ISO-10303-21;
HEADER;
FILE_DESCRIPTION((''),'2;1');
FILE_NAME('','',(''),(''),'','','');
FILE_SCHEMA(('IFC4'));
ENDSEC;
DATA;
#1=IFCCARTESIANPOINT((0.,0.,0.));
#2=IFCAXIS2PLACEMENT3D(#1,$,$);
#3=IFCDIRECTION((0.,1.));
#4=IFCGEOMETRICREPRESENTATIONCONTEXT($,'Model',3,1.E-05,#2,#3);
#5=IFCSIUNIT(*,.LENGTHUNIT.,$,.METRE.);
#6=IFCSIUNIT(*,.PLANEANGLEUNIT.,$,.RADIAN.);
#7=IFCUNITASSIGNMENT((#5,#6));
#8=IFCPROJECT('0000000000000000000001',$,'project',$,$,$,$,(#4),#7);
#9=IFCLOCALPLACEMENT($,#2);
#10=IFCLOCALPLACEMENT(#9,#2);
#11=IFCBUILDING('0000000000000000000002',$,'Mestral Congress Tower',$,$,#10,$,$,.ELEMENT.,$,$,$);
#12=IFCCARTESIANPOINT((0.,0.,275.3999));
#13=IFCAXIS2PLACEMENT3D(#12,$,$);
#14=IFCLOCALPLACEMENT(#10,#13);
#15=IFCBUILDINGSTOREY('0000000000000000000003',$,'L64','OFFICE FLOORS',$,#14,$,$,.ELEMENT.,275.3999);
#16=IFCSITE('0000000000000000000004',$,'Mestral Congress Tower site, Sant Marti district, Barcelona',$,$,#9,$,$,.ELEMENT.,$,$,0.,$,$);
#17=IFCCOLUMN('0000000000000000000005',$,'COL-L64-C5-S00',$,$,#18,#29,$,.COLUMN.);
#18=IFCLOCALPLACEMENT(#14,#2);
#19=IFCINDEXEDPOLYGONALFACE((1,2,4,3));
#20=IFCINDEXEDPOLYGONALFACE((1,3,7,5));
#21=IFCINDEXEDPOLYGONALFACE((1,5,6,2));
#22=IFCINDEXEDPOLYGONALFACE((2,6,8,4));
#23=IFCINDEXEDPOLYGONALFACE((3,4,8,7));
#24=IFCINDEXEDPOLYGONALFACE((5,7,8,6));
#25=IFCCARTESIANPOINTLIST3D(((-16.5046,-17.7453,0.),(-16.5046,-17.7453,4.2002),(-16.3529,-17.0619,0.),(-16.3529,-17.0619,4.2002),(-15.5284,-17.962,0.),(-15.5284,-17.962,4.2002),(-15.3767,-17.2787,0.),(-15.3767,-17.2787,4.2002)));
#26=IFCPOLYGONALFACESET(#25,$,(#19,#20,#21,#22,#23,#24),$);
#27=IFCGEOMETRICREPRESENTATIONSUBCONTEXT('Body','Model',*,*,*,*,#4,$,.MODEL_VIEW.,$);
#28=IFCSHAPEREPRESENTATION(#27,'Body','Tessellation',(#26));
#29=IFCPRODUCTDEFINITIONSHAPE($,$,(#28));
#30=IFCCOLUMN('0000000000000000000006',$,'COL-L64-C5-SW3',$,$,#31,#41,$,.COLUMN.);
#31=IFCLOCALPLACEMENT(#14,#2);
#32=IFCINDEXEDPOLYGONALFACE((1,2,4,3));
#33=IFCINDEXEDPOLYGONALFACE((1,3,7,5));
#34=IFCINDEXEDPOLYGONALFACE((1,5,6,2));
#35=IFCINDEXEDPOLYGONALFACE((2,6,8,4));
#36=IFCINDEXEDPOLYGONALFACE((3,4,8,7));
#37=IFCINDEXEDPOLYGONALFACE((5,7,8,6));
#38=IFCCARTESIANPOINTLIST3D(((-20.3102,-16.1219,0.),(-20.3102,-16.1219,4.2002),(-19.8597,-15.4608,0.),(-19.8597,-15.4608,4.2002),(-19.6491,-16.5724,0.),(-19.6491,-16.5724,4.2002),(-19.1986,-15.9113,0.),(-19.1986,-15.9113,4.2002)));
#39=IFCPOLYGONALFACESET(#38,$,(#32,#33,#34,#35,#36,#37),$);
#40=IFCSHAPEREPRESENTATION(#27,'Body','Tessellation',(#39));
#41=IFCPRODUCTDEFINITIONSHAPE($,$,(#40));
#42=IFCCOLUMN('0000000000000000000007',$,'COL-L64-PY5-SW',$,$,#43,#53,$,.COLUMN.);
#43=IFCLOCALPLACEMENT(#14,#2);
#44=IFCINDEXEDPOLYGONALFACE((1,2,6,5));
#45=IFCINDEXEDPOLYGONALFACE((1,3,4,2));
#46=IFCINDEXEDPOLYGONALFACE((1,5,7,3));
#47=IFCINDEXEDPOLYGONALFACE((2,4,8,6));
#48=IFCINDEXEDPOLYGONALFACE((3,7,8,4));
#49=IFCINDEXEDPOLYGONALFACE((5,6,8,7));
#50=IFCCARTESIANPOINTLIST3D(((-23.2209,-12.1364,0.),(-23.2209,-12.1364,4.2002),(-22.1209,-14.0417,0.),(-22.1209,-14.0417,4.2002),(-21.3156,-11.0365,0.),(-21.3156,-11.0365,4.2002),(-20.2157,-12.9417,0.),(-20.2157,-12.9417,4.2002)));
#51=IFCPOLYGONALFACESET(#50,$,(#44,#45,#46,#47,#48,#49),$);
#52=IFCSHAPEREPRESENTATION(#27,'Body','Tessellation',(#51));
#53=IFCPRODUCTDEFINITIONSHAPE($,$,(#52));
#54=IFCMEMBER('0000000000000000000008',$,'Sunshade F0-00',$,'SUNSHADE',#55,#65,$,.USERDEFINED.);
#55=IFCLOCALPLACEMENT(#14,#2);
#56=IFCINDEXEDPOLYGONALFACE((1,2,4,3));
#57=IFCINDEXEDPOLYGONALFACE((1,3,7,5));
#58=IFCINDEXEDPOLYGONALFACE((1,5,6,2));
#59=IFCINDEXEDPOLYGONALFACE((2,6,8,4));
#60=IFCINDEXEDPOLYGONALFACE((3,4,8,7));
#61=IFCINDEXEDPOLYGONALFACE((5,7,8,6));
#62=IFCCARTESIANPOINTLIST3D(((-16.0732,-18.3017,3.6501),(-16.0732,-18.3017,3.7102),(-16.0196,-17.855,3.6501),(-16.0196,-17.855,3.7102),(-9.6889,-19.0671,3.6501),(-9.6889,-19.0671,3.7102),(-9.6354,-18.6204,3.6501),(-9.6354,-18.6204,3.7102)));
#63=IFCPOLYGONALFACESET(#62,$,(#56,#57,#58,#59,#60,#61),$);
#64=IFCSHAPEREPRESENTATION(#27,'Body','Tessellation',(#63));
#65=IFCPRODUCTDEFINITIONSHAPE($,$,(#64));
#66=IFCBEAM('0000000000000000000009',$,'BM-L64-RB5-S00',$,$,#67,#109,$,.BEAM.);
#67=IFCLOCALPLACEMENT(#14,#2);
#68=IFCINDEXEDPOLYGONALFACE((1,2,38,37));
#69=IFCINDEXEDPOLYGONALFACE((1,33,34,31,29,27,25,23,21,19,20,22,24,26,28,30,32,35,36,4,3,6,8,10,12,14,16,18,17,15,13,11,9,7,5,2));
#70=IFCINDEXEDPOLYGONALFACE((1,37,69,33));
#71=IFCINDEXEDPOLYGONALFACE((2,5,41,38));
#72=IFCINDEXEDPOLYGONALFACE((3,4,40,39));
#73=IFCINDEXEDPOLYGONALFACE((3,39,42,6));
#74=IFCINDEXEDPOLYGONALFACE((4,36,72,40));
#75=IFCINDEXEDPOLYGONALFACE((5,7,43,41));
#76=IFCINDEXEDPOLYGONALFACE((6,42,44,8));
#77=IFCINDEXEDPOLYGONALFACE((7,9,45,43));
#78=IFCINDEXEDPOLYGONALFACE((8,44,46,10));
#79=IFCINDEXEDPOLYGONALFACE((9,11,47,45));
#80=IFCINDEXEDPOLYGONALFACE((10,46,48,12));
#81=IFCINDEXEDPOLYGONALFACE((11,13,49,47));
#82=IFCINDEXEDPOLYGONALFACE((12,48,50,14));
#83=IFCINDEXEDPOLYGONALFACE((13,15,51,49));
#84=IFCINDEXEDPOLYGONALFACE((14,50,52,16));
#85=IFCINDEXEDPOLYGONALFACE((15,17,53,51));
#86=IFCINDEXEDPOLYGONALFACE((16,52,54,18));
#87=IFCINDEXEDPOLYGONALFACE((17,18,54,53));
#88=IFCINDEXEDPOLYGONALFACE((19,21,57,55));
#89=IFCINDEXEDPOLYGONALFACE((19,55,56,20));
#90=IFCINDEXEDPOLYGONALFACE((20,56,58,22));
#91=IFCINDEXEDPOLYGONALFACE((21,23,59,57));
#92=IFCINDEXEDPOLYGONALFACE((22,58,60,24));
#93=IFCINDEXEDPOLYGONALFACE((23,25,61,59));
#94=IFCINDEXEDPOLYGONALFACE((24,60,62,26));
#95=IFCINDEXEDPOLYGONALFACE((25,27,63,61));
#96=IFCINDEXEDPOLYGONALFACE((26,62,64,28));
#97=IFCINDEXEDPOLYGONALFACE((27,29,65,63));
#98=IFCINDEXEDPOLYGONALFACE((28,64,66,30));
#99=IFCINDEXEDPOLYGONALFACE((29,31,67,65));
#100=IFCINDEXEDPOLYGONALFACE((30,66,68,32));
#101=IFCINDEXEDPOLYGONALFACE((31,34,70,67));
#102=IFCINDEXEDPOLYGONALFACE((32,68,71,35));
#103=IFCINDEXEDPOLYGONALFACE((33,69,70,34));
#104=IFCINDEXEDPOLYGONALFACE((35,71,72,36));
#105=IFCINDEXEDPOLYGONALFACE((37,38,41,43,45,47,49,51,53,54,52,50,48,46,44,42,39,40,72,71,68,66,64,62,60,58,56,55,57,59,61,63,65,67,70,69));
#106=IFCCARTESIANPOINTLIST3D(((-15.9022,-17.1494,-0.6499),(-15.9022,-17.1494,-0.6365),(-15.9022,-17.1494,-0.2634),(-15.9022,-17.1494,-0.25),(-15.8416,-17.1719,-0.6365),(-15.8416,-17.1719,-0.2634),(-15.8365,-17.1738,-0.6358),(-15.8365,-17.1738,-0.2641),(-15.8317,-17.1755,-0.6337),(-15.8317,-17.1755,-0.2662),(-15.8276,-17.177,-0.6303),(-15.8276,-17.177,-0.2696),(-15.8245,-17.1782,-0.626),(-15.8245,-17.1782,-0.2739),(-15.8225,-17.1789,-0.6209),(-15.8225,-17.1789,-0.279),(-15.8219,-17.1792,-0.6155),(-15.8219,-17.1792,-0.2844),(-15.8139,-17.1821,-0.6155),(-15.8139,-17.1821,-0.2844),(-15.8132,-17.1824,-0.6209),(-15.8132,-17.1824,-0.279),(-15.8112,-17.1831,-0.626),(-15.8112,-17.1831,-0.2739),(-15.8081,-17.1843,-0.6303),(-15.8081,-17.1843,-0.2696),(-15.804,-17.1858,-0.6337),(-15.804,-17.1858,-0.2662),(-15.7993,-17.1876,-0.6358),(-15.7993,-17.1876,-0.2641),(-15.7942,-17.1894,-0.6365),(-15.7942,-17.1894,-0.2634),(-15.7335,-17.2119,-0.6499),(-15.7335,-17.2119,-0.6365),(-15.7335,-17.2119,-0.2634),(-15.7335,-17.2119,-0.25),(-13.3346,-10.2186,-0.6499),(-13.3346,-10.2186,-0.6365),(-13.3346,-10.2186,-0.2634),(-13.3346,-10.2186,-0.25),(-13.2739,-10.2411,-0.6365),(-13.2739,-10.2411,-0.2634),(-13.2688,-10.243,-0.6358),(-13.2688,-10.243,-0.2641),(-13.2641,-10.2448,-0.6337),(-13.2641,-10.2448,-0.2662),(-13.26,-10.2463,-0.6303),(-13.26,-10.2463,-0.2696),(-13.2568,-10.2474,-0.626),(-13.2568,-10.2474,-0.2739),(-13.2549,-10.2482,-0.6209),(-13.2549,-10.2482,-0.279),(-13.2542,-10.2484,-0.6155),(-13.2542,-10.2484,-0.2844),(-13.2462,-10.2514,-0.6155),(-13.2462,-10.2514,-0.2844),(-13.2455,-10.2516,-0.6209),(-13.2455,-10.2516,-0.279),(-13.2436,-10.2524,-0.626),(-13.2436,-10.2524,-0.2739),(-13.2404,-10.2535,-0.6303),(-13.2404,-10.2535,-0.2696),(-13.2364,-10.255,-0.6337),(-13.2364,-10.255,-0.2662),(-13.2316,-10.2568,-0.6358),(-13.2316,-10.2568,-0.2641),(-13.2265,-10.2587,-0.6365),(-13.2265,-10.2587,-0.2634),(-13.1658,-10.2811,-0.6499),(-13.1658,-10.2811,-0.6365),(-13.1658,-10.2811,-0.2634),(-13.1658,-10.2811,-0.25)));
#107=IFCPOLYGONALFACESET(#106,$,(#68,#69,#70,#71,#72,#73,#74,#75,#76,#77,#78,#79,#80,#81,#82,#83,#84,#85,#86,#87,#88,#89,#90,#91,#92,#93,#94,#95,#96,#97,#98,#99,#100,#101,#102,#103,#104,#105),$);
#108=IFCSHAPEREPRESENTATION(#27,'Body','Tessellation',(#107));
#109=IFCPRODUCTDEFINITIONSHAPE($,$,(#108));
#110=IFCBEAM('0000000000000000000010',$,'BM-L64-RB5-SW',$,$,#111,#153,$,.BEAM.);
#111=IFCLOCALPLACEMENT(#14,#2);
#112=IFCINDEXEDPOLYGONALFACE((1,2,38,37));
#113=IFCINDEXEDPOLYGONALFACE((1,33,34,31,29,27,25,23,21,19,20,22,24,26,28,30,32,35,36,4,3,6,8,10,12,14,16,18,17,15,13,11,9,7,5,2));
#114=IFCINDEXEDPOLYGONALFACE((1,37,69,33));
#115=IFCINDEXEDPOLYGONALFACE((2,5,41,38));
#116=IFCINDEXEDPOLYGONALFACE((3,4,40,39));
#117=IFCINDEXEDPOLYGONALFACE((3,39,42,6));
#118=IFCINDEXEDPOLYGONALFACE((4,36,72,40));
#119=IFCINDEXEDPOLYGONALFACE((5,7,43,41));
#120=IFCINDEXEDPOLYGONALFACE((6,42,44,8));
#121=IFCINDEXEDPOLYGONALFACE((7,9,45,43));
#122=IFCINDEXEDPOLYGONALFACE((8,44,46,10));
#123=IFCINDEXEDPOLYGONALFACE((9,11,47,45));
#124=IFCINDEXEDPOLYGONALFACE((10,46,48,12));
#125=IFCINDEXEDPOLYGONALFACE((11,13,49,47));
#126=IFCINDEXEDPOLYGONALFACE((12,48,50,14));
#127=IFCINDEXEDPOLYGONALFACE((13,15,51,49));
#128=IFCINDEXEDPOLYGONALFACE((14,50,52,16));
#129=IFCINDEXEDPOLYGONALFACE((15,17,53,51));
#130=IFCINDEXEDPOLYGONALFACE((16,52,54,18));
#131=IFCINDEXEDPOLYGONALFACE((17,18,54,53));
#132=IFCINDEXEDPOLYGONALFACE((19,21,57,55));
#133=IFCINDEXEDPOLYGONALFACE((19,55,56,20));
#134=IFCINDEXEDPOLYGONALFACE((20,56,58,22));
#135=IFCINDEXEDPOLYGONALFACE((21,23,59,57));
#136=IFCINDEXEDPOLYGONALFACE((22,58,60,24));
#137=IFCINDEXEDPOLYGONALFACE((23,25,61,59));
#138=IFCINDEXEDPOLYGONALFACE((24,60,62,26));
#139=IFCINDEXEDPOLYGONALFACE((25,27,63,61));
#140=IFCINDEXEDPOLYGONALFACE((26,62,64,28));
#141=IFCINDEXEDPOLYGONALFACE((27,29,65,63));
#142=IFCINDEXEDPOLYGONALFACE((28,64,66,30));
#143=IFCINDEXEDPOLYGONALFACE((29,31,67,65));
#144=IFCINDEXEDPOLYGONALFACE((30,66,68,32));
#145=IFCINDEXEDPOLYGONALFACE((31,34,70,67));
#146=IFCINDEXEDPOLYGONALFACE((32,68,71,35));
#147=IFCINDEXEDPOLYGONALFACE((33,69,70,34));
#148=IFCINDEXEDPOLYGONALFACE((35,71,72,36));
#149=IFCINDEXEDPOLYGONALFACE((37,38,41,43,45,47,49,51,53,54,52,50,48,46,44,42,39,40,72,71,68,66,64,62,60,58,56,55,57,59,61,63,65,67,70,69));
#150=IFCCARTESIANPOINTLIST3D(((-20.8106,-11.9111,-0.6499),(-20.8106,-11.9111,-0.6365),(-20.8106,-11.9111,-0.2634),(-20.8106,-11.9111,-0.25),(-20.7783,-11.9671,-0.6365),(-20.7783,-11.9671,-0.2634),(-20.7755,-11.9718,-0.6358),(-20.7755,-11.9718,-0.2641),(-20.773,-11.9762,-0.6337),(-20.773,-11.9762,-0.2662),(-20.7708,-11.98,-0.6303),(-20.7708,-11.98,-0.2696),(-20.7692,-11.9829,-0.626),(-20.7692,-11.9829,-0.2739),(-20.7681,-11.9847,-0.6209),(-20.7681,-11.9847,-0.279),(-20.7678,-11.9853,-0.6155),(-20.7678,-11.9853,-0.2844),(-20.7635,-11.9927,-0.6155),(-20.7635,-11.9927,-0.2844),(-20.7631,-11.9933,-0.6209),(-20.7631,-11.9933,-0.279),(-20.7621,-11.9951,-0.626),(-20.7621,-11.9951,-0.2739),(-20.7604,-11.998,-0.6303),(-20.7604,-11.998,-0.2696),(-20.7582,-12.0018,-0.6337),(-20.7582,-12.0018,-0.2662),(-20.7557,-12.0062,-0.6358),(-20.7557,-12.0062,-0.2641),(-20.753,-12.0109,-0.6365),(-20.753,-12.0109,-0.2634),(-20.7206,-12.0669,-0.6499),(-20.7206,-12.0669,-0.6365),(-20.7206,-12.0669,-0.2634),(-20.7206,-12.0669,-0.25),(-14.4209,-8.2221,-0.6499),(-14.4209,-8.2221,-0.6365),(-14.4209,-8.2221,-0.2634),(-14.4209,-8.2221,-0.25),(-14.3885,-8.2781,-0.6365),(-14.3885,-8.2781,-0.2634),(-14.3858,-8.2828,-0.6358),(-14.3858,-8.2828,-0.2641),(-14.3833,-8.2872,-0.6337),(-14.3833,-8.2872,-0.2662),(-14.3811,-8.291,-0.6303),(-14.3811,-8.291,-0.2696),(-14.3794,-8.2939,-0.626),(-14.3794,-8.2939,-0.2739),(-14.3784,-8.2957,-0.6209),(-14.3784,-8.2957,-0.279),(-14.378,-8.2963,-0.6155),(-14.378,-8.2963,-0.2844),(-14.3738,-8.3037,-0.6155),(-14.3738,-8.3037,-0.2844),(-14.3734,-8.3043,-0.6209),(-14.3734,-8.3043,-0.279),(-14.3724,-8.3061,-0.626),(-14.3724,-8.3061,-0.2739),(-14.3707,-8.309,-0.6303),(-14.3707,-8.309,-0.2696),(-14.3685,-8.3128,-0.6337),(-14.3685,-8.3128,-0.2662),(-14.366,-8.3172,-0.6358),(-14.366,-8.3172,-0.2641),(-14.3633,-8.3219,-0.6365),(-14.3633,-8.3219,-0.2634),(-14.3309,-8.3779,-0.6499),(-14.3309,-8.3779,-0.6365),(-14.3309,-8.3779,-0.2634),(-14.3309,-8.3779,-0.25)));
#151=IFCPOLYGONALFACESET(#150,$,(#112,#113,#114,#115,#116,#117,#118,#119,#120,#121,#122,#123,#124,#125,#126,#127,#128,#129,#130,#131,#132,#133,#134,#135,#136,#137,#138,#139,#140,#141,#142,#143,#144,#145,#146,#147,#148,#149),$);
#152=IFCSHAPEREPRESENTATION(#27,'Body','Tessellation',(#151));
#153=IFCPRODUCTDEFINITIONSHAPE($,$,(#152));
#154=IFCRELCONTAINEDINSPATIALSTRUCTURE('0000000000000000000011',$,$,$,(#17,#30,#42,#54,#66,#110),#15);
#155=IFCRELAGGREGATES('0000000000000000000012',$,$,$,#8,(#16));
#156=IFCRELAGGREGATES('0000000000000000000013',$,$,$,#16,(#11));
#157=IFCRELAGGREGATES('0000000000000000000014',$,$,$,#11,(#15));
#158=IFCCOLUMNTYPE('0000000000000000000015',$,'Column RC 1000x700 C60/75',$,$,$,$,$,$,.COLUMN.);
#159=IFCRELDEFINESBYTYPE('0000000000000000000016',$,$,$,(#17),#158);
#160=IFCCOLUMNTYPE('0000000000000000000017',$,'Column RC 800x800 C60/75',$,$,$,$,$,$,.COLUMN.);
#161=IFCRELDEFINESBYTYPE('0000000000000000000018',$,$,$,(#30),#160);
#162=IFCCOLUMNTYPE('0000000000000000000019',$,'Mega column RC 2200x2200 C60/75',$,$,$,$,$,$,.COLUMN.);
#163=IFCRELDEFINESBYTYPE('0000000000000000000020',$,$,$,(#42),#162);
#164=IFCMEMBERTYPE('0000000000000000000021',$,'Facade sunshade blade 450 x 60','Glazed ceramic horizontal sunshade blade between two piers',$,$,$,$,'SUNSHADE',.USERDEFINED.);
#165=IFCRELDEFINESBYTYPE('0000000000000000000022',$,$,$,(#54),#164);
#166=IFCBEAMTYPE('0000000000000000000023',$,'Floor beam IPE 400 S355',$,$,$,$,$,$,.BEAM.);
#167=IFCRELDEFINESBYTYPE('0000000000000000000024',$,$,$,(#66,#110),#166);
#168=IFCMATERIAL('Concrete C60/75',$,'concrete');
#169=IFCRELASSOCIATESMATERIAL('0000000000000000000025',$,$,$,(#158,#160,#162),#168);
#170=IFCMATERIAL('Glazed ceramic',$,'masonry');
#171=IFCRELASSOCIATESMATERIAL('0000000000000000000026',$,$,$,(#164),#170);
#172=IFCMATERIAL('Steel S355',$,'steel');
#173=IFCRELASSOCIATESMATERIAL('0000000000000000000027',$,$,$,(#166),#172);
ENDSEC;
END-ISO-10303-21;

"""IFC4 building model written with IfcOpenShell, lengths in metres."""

from ifc_helpers import new_model, si_unit, direction, frame, origin, origin_2d, place, context, subcontext, project, spatial, rectangle, i_section, extrude, material, material_profile, profile_set, type_object, element, save


model = new_model("IFC4")

# Units and contexts
model_context = context("Model", 3, precision=1e-05, world=origin(), true_north=direction((0.0, 1.0)))
body_context = subcontext(model_context, "Body", "Model", "MODEL_VIEW")
ifc_project = project(units=[si_unit("LENGTHUNIT", "METRE"), si_unit("PLANEANGLEUNIT", "RADIAN")], contexts=[model_context])

# Site, building, storey
site_placement = place(None, origin())
site = spatial("IfcSite", under=ifc_project, at=site_placement, Name="Mestral Congress Tower site, Sant Marti district, Barcelona", CompositionType="ELEMENT", RefElevation=0.0)
building_placement = place(site_placement, origin())
building = spatial("IfcBuilding", under=site, at=building_placement, Name="Mestral Congress Tower", CompositionType="ELEMENT")
storey_placement = place(building_placement, frame((0.0, 0.0, 275.3999)))
storey = spatial("IfcBuildingStorey", under=building, at=storey_placement, Name="L64", Description="OFFICE FLOORS", CompositionType="ELEMENT", Elevation=275.3999)

# Columns
ifc_material_1 = material(Name="Concrete C60/75", Category="concrete")
ifc_material_profile_1 = material_profile(ifc_material_1, rectangle(XDim=1.0, YDim=0.7, at=origin_2d()), Name="RC 1000x700")
ifc_profile_set_1 = profile_set([ifc_material_profile_1], Name="Concrete C60/75")
column_type_1 = type_object("IfcColumnType", Name="Column RC 1000x700 C60/75", PredefinedType="COLUMN", material=ifc_profile_set_1)
column_1_placement = place(storey_placement, frame((-15.9407, -17.512, 0.0), z_axis=(0.0, 0.0, 1.0), x_axis=(0.976234, -0.216721, 0.0)))
element("IfcColumn", 1, at=column_1_placement, inside=storey, type_object=column_type_1, Name="COL-L64-C5-S00", PredefinedType="COLUMN", context=body_context, shape_type="SweptSolid", body=[
    extrude(rectangle(XDim=1.0, YDim=0.7, at=origin_2d()), origin(), (0.0, 0.0, 1.0), 4.2002),
])
ifc_material_profile_2 = material_profile(ifc_material_1, rectangle(XDim=0.8, YDim=0.8, at=origin_2d()), Name="RC 800x800")
ifc_profile_set_2 = profile_set([ifc_material_profile_2], Name="Concrete C60/75")
column_type_2 = type_object("IfcColumnType", Name="Column RC 800x800 C60/75", PredefinedType="COLUMN", material=ifc_profile_set_2)
column_2_placement = place(storey_placement, frame((-19.7544, -16.0166, 0.0), z_axis=(0.0, 0.0, 1.0), x_axis=(0.826363, -0.563138, 0.0)))
element("IfcColumn", 2, at=column_2_placement, inside=storey, type_object=column_type_2, Name="COL-L64-C5-SW3", PredefinedType="COLUMN", context=body_context, shape_type="SweptSolid", body=[
    extrude(rectangle(XDim=0.8, YDim=0.8, at=origin_2d()), origin(), (0.0, 0.0, 1.0), 4.2002),
])
ifc_material_profile_3 = material_profile(ifc_material_1, rectangle(XDim=2.2, YDim=2.2, at=origin_2d()), Name="RC 2200x2200")
ifc_profile_set_3 = profile_set([ifc_material_profile_3], Name="Concrete C60/75")
column_type_3 = type_object("IfcColumnType", Name="Mega column RC 2200x2200 C60/75", PredefinedType="COLUMN", material=ifc_profile_set_3)
column_3_placement = place(storey_placement, frame((-21.7183, -12.5391, 0.0), z_axis=(0.0, 0.0, 1.0), x_axis=(-0.866025, -0.5, 0.0)))
element("IfcColumn", 3, at=column_3_placement, inside=storey, type_object=column_type_3, Name="COL-L64-PY5-SW", PredefinedType="COLUMN", context=body_context, shape_type="SweptSolid", body=[
    extrude(rectangle(XDim=2.2, YDim=2.2, at=origin_2d()), origin(), (0.0, 0.0, 1.0), 4.2002),
])

# Member
ifc_material_2 = material(Name="Glazed ceramic", Category="masonry")
ifc_material_profile_4 = material_profile(ifc_material_2, rectangle(XDim=0.45, YDim=0.0601, at=origin_2d()), Name="Ceramic blade 450 x 60")
ifc_profile_set_4 = profile_set([ifc_material_profile_4], Name="Glazed ceramic")
member_type = type_object("IfcMemberType", Name="Facade sunshade blade 450 x 60", Description="Glazed ceramic horizontal sunshade blade between two piers", ElementType="SUNSHADE", PredefinedType="USERDEFINED", material=ifc_profile_set_4)
member_placement = place(storey_placement, frame((-16.0464, -18.0784, 3.6802), z_axis=(0.99289, -0.119033, 0.0), x_axis=(0.119033, 0.99289, 0.0)))
element("IfcMember", 4, at=member_placement, inside=storey, type_object=member_type, Name="Sunshade F0-00", ObjectType="SUNSHADE", PredefinedType="USERDEFINED", context=body_context, shape_type="SweptSolid", body=[
    extrude(rectangle(XDim=0.45, YDim=0.0601, at=origin_2d()), origin(), (0.0, 0.0, 1.0), 6.4299),
])

# Beams
ifc_material_3 = material(Name="Steel S355", Category="steel")
ifc_material_profile_5 = material_profile(ifc_material_3, i_section(OverallWidth=0.1799, OverallDepth=0.3999, WebThickness=0.0085, FlangeThickness=0.0134, FilletRadius=0.021, at=origin_2d()), Name="IPE 400")
ifc_profile_set_5 = profile_set([ifc_material_profile_5], Name="Steel S355")
beam_type_1 = type_object("IfcBeamType", Name="Floor beam IPE 400 S355", PredefinedType="BEAM", material=ifc_profile_set_5)
beam_1_placement = place(storey_placement, frame((-15.8179, -17.1807, -0.45), z_axis=(0.347399, 0.937717, 0.0), x_axis=(-0.937717, 0.347399, 0.0)))
element("IfcBeam", 5, at=beam_1_placement, inside=storey, type_object=beam_type_1, Name="BM-L64-RB5-S00", PredefinedType="BEAM", context=body_context, shape_type="SweptSolid", body=[
    extrude(i_section(OverallWidth=0.1799, OverallDepth=0.3999, WebThickness=0.0085, FlangeThickness=0.0134, FilletRadius=0.021, at=origin_2d()), origin(), (0.0, 0.0, 1.0), 7.3911),
])
beam_2_placement = place(storey_placement, frame((-20.7656, -11.989, -0.45), z_axis=(0.866031, 0.49999, 0.0), x_axis=(-0.49999, 0.866031, 0.0)))
element("IfcBeam", 6, at=beam_2_placement, inside=storey, type_object=beam_type_1, Name="BM-L64-RB5-SW", PredefinedType="BEAM", context=body_context, shape_type="SweptSolid", body=[
    extrude(i_section(OverallWidth=0.1799, OverallDepth=0.3999, WebThickness=0.0085, FlangeThickness=0.0134, FilletRadius=0.021, at=origin_2d()), origin(), (0.0, 0.0, 1.0), 7.3782),
])

save(model, "model.ifc")
